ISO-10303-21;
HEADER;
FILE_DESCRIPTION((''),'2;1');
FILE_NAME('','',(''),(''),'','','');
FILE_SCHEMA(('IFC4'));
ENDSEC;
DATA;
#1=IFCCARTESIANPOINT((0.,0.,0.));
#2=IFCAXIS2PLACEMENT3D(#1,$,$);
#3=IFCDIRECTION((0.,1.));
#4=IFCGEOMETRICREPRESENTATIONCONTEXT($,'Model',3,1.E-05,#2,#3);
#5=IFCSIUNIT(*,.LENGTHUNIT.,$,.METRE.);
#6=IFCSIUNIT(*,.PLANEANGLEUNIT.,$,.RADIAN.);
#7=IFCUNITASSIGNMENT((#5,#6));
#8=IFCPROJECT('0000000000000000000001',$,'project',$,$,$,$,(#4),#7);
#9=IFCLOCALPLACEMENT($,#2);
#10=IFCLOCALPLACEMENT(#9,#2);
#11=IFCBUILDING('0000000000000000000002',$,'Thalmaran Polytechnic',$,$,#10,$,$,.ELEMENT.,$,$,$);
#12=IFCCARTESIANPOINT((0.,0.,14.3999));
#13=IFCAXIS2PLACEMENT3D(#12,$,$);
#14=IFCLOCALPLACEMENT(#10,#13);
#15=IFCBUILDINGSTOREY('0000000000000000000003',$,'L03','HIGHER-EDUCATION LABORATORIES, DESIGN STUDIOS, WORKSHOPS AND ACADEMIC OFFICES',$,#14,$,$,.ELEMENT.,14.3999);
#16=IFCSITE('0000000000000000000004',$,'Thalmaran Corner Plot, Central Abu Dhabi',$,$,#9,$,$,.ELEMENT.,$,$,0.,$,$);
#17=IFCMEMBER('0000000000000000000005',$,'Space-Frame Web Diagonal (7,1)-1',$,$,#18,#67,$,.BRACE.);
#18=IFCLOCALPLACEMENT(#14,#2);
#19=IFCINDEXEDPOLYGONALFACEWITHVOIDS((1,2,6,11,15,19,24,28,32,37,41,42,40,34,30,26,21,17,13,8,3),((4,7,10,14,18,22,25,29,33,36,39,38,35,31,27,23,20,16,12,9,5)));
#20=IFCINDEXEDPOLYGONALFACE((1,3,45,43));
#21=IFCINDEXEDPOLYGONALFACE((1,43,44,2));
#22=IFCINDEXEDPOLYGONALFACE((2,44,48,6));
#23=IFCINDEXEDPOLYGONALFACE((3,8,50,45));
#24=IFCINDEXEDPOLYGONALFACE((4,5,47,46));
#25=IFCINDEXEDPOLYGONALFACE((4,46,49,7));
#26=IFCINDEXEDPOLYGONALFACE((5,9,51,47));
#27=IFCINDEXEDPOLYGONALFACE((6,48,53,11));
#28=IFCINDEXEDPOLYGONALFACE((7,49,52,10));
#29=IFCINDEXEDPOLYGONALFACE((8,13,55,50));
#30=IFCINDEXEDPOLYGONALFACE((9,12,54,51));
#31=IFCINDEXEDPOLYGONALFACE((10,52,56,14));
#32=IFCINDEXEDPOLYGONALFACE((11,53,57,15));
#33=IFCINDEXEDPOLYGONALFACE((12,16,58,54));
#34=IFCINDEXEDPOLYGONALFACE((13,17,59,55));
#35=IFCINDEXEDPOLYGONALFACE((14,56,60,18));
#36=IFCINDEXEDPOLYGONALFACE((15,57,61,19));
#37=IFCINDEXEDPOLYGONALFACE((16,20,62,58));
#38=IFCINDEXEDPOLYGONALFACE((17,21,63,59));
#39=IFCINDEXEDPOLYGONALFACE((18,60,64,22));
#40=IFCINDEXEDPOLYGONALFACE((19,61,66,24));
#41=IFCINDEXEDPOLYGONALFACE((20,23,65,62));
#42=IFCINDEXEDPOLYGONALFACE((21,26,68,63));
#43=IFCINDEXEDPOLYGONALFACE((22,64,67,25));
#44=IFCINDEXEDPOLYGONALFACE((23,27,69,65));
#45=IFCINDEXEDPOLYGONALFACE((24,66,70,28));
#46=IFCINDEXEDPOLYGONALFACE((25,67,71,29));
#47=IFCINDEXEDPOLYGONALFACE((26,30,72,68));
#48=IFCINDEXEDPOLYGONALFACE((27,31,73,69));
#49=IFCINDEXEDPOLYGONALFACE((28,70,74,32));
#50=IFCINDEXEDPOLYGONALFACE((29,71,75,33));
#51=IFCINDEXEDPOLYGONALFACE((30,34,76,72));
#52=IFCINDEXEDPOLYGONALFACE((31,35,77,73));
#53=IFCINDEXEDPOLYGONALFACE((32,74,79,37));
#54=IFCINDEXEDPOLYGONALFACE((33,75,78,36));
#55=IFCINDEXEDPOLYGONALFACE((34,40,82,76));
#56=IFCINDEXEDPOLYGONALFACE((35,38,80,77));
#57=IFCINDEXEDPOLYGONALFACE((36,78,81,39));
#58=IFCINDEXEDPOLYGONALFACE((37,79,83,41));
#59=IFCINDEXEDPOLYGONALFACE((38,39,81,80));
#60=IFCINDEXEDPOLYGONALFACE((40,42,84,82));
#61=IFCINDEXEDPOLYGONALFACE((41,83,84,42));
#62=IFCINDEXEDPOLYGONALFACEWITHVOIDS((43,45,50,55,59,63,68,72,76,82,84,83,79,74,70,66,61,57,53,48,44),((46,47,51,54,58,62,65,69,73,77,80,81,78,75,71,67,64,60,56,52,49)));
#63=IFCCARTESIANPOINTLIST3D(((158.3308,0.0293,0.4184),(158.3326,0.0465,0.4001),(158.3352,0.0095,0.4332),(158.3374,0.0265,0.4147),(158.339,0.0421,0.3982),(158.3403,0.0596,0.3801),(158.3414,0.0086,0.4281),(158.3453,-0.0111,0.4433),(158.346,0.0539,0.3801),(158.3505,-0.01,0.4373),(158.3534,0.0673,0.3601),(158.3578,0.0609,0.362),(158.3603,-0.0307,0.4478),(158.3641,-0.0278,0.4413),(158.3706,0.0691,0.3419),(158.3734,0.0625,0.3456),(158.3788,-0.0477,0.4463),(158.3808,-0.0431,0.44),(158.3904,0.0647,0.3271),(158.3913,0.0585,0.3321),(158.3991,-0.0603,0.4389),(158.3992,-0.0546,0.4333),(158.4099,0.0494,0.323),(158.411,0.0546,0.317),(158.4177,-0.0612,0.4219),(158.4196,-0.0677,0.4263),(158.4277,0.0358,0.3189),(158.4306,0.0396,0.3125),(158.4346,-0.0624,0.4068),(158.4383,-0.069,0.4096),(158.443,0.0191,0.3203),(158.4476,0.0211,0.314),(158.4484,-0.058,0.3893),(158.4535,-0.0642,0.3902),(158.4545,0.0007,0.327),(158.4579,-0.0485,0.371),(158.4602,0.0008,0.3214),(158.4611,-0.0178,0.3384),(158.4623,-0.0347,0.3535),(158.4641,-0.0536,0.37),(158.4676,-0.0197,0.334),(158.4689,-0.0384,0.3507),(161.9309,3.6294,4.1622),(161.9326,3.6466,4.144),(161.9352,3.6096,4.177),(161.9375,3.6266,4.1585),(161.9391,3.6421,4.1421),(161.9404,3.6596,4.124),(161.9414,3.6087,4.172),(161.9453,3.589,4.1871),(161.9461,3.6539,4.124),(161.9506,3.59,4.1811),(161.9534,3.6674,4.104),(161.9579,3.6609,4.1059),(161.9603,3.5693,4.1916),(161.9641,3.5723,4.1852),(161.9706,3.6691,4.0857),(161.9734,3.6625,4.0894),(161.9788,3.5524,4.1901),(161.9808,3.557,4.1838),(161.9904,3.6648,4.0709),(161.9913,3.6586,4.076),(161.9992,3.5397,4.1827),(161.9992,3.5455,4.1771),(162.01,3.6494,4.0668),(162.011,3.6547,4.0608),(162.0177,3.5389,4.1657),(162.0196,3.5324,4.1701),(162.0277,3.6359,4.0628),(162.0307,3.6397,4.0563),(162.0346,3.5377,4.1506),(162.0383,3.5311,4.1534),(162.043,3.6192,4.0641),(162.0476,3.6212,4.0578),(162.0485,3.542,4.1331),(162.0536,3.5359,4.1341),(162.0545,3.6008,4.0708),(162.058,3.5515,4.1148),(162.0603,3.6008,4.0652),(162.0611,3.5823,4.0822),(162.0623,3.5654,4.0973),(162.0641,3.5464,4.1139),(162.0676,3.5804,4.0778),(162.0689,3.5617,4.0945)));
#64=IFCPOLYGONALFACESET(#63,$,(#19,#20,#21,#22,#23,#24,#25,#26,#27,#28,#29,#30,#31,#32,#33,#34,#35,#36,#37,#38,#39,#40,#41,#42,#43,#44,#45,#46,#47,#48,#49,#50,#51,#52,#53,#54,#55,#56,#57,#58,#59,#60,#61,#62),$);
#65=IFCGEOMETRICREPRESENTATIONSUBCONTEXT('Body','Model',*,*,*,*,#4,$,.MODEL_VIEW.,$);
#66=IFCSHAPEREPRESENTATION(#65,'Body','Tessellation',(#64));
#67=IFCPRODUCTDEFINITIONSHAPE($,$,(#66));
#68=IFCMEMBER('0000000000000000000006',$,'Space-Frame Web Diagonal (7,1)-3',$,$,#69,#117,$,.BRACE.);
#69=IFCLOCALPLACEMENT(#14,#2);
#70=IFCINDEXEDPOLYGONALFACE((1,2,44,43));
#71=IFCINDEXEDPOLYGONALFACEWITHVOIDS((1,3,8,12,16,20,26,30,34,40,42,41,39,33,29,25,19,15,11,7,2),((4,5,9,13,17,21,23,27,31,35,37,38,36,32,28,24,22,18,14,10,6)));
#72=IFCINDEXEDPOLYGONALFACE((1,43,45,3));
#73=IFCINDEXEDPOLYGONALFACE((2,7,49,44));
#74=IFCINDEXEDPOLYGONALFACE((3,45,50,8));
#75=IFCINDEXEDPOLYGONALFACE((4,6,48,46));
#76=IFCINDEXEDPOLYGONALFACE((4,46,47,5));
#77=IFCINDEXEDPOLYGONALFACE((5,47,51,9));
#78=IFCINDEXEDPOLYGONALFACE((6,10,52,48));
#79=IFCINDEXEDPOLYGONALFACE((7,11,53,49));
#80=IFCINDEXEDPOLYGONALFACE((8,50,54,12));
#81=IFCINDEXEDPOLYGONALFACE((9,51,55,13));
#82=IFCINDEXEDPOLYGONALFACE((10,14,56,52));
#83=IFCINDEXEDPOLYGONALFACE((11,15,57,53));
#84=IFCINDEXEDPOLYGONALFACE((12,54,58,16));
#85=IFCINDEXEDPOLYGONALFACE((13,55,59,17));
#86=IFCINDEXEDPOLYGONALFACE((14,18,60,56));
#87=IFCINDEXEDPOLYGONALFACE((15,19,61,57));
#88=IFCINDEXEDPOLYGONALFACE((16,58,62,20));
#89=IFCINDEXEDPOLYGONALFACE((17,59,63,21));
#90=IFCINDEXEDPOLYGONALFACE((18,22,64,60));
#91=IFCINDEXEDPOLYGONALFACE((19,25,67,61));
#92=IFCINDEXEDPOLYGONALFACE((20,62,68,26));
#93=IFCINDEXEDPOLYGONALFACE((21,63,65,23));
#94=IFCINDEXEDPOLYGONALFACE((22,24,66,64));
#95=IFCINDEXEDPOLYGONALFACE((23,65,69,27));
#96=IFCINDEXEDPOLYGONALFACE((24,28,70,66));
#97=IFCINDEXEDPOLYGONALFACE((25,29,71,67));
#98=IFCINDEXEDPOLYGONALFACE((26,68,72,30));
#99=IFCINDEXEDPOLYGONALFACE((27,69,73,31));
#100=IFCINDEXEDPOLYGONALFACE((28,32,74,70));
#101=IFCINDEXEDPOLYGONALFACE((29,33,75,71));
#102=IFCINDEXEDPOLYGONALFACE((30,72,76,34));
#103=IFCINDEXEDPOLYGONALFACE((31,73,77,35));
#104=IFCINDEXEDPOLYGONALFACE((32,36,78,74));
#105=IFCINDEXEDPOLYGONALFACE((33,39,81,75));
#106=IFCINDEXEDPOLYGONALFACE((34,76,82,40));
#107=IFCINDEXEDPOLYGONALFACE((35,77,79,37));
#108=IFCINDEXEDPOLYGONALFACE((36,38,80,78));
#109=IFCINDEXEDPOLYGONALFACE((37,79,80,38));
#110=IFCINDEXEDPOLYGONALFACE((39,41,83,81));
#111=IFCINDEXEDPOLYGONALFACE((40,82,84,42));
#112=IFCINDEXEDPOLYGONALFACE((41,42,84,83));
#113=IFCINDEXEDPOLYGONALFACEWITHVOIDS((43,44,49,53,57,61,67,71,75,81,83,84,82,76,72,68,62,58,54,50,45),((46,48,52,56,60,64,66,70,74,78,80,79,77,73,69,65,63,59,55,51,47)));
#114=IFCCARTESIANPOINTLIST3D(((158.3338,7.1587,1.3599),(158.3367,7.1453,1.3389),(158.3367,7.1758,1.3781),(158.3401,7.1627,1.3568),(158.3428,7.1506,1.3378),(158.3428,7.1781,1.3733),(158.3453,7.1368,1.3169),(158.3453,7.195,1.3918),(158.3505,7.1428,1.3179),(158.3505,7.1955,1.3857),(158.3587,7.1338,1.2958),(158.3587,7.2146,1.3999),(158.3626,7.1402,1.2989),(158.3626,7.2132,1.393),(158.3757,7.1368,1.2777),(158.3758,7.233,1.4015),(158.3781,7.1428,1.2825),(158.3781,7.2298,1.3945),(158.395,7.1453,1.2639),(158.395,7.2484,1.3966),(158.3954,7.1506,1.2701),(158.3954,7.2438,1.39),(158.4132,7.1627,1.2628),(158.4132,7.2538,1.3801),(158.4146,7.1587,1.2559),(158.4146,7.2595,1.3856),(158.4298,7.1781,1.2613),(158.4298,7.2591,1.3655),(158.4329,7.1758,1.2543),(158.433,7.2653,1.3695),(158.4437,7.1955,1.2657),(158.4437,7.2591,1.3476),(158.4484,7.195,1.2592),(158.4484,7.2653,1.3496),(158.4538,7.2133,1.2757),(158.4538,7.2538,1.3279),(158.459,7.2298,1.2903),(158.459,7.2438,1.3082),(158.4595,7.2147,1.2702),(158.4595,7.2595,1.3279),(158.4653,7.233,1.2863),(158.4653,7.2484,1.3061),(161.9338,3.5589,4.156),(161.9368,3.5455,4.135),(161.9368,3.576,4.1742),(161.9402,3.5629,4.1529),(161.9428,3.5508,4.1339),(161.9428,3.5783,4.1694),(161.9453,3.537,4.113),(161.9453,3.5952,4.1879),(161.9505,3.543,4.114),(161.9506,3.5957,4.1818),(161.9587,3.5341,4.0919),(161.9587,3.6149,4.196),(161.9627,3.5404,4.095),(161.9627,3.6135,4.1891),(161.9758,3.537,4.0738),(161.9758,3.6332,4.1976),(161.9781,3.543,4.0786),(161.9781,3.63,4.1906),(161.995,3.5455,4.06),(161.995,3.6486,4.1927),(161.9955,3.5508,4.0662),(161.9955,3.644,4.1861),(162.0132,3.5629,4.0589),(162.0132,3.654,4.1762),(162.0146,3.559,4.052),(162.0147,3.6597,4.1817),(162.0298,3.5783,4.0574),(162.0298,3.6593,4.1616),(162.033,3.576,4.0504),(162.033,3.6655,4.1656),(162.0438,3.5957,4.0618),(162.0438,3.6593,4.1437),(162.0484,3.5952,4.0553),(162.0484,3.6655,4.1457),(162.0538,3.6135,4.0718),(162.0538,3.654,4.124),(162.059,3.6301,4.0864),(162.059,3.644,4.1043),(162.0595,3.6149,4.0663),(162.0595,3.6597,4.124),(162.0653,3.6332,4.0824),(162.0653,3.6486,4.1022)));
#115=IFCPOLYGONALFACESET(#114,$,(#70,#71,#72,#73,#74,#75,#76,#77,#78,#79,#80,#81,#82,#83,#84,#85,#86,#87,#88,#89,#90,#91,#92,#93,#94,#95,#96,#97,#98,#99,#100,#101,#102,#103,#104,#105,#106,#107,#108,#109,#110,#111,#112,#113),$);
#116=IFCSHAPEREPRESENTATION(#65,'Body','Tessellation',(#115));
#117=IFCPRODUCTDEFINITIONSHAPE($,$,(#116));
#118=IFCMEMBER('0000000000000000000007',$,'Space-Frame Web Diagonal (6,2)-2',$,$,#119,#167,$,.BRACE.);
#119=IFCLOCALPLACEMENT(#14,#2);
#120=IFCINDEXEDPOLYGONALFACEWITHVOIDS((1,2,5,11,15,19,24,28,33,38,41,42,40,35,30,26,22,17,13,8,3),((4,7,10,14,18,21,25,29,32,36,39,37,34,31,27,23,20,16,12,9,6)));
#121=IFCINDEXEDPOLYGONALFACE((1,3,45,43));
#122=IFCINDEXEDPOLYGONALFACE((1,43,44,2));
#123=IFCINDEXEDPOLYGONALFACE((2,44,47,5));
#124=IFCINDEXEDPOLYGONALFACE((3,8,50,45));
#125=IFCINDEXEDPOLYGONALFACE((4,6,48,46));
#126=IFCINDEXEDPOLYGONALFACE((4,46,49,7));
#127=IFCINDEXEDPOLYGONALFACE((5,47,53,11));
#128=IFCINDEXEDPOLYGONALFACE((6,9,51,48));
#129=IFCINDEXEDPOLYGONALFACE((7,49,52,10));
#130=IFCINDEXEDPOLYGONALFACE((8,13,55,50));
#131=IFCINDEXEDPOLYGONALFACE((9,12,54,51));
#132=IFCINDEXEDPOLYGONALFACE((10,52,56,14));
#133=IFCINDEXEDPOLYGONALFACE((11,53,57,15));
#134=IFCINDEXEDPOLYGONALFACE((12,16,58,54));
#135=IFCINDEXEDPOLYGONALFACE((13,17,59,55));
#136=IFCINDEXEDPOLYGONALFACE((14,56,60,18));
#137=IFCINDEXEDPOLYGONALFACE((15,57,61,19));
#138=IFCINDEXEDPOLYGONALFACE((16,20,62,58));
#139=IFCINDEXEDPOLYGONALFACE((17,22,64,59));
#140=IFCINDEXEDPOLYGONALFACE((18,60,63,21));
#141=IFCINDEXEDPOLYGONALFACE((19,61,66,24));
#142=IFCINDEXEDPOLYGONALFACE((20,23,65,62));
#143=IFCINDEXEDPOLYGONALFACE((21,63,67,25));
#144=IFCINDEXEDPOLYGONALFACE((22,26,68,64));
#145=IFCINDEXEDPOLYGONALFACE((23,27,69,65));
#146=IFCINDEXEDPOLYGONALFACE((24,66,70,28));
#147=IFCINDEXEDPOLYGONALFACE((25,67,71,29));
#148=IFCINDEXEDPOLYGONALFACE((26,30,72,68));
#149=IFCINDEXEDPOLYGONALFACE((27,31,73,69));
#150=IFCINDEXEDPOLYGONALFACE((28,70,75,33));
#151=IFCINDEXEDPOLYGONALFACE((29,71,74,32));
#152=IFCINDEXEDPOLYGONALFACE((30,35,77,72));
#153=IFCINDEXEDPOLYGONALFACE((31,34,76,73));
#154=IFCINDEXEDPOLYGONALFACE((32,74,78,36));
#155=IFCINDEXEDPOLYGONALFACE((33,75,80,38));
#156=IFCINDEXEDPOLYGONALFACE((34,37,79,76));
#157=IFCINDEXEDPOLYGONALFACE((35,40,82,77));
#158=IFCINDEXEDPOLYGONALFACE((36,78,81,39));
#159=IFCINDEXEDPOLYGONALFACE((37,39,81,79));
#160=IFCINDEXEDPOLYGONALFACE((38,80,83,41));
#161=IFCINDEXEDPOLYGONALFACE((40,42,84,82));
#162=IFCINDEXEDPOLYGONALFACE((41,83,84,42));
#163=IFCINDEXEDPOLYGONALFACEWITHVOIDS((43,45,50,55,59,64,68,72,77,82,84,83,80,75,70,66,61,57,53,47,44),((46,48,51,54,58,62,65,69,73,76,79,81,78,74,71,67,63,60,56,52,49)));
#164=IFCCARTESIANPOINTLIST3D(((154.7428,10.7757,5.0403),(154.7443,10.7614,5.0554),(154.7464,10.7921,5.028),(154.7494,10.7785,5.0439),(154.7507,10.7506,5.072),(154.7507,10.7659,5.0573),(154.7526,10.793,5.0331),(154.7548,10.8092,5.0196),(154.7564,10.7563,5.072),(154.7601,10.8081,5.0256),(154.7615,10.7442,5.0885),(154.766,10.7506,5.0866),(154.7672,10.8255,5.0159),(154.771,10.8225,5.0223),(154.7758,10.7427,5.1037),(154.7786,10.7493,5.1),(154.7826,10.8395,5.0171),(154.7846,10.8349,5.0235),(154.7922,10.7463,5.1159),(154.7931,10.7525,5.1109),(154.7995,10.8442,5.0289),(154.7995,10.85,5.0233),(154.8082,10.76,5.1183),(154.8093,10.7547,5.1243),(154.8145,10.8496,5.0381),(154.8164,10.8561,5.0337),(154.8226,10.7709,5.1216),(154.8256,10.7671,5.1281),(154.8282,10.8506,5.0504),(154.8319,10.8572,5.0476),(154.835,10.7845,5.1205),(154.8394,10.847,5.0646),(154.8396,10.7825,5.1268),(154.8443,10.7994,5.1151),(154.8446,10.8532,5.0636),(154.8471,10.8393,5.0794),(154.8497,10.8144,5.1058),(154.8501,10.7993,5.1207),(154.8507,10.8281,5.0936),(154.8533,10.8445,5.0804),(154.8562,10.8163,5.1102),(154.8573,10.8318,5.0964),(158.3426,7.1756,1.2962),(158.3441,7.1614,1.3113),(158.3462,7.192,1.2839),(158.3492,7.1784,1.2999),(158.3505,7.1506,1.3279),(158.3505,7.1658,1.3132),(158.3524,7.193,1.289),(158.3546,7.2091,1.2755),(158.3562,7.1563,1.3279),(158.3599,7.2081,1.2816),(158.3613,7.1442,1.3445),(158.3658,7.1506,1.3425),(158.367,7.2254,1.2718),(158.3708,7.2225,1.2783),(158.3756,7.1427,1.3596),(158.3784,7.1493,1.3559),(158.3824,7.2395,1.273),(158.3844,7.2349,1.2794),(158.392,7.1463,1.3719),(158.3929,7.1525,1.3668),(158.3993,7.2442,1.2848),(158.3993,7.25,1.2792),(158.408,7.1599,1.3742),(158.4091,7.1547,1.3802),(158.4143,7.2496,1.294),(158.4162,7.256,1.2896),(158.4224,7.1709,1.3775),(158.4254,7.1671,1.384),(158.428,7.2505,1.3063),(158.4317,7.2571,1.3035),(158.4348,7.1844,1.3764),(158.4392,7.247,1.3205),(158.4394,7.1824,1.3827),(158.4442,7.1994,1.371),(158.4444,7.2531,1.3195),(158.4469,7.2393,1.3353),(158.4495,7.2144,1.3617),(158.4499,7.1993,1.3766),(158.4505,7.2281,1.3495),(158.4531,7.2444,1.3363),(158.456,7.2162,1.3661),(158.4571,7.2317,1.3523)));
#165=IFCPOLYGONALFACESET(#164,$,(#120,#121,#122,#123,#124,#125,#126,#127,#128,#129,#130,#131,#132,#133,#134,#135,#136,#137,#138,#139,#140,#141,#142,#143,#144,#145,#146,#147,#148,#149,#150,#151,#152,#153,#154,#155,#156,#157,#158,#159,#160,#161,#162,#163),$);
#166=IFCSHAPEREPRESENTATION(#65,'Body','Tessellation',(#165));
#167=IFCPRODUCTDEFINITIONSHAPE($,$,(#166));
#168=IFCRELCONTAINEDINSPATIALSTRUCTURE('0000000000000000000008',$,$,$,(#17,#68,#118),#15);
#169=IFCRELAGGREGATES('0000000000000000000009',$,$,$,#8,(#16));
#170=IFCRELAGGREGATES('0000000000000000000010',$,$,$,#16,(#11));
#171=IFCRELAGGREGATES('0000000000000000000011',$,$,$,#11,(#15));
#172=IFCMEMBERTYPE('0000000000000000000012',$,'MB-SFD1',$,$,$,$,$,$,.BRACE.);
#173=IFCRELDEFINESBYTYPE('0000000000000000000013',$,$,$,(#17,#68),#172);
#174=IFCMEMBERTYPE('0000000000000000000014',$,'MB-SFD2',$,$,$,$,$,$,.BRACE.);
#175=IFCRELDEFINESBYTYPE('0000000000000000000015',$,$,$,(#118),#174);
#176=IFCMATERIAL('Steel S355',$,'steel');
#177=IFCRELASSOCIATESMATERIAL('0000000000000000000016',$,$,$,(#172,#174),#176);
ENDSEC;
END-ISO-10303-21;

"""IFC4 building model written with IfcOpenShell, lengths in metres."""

from ifc_helpers import new_model, si_unit, direction, frame, origin, origin_2d, place, context, subcontext, project, spatial, hollow_circle, extrude, material, material_profile, profile_set, type_object, element, save


model = new_model("IFC4")

# Units and contexts
model_context = context("Model", 3, precision=1e-05, world=origin(), true_north=direction((0.0, 1.0)))
body_context = subcontext(model_context, "Body", "Model", "MODEL_VIEW")
ifc_project = project(units=[si_unit("LENGTHUNIT", "METRE"), si_unit("PLANEANGLEUNIT", "RADIAN")], contexts=[model_context])

# Site, building, storey
site_placement = place(None, origin())
site = spatial("IfcSite", under=ifc_project, at=site_placement, Name="Thalmaran Corner Plot, Central Abu Dhabi", CompositionType="ELEMENT", RefElevation=0.0)
building_placement = place(site_placement, origin())
building = spatial("IfcBuilding", under=site, at=building_placement, Name="Thalmaran Polytechnic", CompositionType="ELEMENT")
storey_placement = place(building_placement, frame((0.0, 0.0, 14.3999)))
storey = spatial("IfcBuildingStorey", under=building, at=storey_placement, Name="L03", Description="HIGHER-EDUCATION LABORATORIES, DESIGN STUDIOS, WORKSHOPS AND ACADEMIC OFFICES", CompositionType="ELEMENT", Elevation=14.3999)

# Shared definitions
ifc_material_1 = material(Name="Steel S355", Category="steel")

# Members
ifc_material_profile_1 = material_profile(ifc_material_1, hollow_circle(Radius=0.0842, WallThickness=0.0081, at=origin_2d()), Name="CHS 168.3x8.0")
ifc_profile_set_1 = profile_set([ifc_material_profile_1], Name="Steel S355")
member_type_1 = type_object("IfcMemberType", Name="MB-SFD1", PredefinedType="BRACE", material=ifc_profile_set_1)
member_1_placement = place(storey_placement, frame((158.3999, 0.0, 0.3801), z_axis=(0.569666, 0.569666, 0.59242), x_axis=(-0.707107, 0.707107, 0.0)))
element("IfcMember", 1, at=member_1_placement, inside=storey, type_object=member_type_1, Name="Space-Frame Web Diagonal (7,1)-1", PredefinedType="BRACE", context=body_context, shape_type="SweptSolid", body=[
    extrude(hollow_circle(Radius=0.0842, WallThickness=0.0081, at=origin_2d()), origin(), (0.0, 0.0, 1.0), 6.3196),
])
member_2_placement = place(storey_placement, frame((158.3999, 7.2, 1.3279), z_axis=(0.619804, -0.619762, 0.481392), x_axis=(0.707083, 0.707131, 0.0)))
element("IfcMember", 2, at=member_2_placement, inside=storey, type_object=member_type_1, Name="Space-Frame Web Diagonal (7,1)-3", PredefinedType="BRACE", context=body_context, shape_type="SweptSolid", body=[
    extrude(hollow_circle(Radius=0.0842, WallThickness=0.0081, at=origin_2d()), origin(), (0.0, 0.0, 1.0), 5.8083),
])
ifc_material_profile_2 = material_profile(ifc_material_1, hollow_circle(Radius=0.0698, WallThickness=0.0081, at=origin_2d()), Name="CHS 139.7x8.0")
ifc_profile_set_2 = profile_set([ifc_material_profile_2], Name="Steel S355")
member_type_2 = type_object("IfcMemberType", Name="MB-SFD2", PredefinedType="BRACE", material=ifc_profile_set_2)
member_3_placement = place(storey_placement, frame((158.3999, 7.2, 1.3279), z_axis=(-0.569627, 0.569665, 0.592458), x_axis=(-0.707131, -0.707083, 0.0)))
element("IfcMember", 3, at=member_3_placement, inside=storey, type_object=member_type_2, Name="Space-Frame Web Diagonal (6,2)-2", PredefinedType="BRACE", context=body_context, shape_type="SweptSolid", body=[
    extrude(hollow_circle(Radius=0.0698, WallThickness=0.0081, at=origin_2d()), origin(), (0.0, 0.0, 1.0), 6.3196),
])

save(model, "model.ifc")
